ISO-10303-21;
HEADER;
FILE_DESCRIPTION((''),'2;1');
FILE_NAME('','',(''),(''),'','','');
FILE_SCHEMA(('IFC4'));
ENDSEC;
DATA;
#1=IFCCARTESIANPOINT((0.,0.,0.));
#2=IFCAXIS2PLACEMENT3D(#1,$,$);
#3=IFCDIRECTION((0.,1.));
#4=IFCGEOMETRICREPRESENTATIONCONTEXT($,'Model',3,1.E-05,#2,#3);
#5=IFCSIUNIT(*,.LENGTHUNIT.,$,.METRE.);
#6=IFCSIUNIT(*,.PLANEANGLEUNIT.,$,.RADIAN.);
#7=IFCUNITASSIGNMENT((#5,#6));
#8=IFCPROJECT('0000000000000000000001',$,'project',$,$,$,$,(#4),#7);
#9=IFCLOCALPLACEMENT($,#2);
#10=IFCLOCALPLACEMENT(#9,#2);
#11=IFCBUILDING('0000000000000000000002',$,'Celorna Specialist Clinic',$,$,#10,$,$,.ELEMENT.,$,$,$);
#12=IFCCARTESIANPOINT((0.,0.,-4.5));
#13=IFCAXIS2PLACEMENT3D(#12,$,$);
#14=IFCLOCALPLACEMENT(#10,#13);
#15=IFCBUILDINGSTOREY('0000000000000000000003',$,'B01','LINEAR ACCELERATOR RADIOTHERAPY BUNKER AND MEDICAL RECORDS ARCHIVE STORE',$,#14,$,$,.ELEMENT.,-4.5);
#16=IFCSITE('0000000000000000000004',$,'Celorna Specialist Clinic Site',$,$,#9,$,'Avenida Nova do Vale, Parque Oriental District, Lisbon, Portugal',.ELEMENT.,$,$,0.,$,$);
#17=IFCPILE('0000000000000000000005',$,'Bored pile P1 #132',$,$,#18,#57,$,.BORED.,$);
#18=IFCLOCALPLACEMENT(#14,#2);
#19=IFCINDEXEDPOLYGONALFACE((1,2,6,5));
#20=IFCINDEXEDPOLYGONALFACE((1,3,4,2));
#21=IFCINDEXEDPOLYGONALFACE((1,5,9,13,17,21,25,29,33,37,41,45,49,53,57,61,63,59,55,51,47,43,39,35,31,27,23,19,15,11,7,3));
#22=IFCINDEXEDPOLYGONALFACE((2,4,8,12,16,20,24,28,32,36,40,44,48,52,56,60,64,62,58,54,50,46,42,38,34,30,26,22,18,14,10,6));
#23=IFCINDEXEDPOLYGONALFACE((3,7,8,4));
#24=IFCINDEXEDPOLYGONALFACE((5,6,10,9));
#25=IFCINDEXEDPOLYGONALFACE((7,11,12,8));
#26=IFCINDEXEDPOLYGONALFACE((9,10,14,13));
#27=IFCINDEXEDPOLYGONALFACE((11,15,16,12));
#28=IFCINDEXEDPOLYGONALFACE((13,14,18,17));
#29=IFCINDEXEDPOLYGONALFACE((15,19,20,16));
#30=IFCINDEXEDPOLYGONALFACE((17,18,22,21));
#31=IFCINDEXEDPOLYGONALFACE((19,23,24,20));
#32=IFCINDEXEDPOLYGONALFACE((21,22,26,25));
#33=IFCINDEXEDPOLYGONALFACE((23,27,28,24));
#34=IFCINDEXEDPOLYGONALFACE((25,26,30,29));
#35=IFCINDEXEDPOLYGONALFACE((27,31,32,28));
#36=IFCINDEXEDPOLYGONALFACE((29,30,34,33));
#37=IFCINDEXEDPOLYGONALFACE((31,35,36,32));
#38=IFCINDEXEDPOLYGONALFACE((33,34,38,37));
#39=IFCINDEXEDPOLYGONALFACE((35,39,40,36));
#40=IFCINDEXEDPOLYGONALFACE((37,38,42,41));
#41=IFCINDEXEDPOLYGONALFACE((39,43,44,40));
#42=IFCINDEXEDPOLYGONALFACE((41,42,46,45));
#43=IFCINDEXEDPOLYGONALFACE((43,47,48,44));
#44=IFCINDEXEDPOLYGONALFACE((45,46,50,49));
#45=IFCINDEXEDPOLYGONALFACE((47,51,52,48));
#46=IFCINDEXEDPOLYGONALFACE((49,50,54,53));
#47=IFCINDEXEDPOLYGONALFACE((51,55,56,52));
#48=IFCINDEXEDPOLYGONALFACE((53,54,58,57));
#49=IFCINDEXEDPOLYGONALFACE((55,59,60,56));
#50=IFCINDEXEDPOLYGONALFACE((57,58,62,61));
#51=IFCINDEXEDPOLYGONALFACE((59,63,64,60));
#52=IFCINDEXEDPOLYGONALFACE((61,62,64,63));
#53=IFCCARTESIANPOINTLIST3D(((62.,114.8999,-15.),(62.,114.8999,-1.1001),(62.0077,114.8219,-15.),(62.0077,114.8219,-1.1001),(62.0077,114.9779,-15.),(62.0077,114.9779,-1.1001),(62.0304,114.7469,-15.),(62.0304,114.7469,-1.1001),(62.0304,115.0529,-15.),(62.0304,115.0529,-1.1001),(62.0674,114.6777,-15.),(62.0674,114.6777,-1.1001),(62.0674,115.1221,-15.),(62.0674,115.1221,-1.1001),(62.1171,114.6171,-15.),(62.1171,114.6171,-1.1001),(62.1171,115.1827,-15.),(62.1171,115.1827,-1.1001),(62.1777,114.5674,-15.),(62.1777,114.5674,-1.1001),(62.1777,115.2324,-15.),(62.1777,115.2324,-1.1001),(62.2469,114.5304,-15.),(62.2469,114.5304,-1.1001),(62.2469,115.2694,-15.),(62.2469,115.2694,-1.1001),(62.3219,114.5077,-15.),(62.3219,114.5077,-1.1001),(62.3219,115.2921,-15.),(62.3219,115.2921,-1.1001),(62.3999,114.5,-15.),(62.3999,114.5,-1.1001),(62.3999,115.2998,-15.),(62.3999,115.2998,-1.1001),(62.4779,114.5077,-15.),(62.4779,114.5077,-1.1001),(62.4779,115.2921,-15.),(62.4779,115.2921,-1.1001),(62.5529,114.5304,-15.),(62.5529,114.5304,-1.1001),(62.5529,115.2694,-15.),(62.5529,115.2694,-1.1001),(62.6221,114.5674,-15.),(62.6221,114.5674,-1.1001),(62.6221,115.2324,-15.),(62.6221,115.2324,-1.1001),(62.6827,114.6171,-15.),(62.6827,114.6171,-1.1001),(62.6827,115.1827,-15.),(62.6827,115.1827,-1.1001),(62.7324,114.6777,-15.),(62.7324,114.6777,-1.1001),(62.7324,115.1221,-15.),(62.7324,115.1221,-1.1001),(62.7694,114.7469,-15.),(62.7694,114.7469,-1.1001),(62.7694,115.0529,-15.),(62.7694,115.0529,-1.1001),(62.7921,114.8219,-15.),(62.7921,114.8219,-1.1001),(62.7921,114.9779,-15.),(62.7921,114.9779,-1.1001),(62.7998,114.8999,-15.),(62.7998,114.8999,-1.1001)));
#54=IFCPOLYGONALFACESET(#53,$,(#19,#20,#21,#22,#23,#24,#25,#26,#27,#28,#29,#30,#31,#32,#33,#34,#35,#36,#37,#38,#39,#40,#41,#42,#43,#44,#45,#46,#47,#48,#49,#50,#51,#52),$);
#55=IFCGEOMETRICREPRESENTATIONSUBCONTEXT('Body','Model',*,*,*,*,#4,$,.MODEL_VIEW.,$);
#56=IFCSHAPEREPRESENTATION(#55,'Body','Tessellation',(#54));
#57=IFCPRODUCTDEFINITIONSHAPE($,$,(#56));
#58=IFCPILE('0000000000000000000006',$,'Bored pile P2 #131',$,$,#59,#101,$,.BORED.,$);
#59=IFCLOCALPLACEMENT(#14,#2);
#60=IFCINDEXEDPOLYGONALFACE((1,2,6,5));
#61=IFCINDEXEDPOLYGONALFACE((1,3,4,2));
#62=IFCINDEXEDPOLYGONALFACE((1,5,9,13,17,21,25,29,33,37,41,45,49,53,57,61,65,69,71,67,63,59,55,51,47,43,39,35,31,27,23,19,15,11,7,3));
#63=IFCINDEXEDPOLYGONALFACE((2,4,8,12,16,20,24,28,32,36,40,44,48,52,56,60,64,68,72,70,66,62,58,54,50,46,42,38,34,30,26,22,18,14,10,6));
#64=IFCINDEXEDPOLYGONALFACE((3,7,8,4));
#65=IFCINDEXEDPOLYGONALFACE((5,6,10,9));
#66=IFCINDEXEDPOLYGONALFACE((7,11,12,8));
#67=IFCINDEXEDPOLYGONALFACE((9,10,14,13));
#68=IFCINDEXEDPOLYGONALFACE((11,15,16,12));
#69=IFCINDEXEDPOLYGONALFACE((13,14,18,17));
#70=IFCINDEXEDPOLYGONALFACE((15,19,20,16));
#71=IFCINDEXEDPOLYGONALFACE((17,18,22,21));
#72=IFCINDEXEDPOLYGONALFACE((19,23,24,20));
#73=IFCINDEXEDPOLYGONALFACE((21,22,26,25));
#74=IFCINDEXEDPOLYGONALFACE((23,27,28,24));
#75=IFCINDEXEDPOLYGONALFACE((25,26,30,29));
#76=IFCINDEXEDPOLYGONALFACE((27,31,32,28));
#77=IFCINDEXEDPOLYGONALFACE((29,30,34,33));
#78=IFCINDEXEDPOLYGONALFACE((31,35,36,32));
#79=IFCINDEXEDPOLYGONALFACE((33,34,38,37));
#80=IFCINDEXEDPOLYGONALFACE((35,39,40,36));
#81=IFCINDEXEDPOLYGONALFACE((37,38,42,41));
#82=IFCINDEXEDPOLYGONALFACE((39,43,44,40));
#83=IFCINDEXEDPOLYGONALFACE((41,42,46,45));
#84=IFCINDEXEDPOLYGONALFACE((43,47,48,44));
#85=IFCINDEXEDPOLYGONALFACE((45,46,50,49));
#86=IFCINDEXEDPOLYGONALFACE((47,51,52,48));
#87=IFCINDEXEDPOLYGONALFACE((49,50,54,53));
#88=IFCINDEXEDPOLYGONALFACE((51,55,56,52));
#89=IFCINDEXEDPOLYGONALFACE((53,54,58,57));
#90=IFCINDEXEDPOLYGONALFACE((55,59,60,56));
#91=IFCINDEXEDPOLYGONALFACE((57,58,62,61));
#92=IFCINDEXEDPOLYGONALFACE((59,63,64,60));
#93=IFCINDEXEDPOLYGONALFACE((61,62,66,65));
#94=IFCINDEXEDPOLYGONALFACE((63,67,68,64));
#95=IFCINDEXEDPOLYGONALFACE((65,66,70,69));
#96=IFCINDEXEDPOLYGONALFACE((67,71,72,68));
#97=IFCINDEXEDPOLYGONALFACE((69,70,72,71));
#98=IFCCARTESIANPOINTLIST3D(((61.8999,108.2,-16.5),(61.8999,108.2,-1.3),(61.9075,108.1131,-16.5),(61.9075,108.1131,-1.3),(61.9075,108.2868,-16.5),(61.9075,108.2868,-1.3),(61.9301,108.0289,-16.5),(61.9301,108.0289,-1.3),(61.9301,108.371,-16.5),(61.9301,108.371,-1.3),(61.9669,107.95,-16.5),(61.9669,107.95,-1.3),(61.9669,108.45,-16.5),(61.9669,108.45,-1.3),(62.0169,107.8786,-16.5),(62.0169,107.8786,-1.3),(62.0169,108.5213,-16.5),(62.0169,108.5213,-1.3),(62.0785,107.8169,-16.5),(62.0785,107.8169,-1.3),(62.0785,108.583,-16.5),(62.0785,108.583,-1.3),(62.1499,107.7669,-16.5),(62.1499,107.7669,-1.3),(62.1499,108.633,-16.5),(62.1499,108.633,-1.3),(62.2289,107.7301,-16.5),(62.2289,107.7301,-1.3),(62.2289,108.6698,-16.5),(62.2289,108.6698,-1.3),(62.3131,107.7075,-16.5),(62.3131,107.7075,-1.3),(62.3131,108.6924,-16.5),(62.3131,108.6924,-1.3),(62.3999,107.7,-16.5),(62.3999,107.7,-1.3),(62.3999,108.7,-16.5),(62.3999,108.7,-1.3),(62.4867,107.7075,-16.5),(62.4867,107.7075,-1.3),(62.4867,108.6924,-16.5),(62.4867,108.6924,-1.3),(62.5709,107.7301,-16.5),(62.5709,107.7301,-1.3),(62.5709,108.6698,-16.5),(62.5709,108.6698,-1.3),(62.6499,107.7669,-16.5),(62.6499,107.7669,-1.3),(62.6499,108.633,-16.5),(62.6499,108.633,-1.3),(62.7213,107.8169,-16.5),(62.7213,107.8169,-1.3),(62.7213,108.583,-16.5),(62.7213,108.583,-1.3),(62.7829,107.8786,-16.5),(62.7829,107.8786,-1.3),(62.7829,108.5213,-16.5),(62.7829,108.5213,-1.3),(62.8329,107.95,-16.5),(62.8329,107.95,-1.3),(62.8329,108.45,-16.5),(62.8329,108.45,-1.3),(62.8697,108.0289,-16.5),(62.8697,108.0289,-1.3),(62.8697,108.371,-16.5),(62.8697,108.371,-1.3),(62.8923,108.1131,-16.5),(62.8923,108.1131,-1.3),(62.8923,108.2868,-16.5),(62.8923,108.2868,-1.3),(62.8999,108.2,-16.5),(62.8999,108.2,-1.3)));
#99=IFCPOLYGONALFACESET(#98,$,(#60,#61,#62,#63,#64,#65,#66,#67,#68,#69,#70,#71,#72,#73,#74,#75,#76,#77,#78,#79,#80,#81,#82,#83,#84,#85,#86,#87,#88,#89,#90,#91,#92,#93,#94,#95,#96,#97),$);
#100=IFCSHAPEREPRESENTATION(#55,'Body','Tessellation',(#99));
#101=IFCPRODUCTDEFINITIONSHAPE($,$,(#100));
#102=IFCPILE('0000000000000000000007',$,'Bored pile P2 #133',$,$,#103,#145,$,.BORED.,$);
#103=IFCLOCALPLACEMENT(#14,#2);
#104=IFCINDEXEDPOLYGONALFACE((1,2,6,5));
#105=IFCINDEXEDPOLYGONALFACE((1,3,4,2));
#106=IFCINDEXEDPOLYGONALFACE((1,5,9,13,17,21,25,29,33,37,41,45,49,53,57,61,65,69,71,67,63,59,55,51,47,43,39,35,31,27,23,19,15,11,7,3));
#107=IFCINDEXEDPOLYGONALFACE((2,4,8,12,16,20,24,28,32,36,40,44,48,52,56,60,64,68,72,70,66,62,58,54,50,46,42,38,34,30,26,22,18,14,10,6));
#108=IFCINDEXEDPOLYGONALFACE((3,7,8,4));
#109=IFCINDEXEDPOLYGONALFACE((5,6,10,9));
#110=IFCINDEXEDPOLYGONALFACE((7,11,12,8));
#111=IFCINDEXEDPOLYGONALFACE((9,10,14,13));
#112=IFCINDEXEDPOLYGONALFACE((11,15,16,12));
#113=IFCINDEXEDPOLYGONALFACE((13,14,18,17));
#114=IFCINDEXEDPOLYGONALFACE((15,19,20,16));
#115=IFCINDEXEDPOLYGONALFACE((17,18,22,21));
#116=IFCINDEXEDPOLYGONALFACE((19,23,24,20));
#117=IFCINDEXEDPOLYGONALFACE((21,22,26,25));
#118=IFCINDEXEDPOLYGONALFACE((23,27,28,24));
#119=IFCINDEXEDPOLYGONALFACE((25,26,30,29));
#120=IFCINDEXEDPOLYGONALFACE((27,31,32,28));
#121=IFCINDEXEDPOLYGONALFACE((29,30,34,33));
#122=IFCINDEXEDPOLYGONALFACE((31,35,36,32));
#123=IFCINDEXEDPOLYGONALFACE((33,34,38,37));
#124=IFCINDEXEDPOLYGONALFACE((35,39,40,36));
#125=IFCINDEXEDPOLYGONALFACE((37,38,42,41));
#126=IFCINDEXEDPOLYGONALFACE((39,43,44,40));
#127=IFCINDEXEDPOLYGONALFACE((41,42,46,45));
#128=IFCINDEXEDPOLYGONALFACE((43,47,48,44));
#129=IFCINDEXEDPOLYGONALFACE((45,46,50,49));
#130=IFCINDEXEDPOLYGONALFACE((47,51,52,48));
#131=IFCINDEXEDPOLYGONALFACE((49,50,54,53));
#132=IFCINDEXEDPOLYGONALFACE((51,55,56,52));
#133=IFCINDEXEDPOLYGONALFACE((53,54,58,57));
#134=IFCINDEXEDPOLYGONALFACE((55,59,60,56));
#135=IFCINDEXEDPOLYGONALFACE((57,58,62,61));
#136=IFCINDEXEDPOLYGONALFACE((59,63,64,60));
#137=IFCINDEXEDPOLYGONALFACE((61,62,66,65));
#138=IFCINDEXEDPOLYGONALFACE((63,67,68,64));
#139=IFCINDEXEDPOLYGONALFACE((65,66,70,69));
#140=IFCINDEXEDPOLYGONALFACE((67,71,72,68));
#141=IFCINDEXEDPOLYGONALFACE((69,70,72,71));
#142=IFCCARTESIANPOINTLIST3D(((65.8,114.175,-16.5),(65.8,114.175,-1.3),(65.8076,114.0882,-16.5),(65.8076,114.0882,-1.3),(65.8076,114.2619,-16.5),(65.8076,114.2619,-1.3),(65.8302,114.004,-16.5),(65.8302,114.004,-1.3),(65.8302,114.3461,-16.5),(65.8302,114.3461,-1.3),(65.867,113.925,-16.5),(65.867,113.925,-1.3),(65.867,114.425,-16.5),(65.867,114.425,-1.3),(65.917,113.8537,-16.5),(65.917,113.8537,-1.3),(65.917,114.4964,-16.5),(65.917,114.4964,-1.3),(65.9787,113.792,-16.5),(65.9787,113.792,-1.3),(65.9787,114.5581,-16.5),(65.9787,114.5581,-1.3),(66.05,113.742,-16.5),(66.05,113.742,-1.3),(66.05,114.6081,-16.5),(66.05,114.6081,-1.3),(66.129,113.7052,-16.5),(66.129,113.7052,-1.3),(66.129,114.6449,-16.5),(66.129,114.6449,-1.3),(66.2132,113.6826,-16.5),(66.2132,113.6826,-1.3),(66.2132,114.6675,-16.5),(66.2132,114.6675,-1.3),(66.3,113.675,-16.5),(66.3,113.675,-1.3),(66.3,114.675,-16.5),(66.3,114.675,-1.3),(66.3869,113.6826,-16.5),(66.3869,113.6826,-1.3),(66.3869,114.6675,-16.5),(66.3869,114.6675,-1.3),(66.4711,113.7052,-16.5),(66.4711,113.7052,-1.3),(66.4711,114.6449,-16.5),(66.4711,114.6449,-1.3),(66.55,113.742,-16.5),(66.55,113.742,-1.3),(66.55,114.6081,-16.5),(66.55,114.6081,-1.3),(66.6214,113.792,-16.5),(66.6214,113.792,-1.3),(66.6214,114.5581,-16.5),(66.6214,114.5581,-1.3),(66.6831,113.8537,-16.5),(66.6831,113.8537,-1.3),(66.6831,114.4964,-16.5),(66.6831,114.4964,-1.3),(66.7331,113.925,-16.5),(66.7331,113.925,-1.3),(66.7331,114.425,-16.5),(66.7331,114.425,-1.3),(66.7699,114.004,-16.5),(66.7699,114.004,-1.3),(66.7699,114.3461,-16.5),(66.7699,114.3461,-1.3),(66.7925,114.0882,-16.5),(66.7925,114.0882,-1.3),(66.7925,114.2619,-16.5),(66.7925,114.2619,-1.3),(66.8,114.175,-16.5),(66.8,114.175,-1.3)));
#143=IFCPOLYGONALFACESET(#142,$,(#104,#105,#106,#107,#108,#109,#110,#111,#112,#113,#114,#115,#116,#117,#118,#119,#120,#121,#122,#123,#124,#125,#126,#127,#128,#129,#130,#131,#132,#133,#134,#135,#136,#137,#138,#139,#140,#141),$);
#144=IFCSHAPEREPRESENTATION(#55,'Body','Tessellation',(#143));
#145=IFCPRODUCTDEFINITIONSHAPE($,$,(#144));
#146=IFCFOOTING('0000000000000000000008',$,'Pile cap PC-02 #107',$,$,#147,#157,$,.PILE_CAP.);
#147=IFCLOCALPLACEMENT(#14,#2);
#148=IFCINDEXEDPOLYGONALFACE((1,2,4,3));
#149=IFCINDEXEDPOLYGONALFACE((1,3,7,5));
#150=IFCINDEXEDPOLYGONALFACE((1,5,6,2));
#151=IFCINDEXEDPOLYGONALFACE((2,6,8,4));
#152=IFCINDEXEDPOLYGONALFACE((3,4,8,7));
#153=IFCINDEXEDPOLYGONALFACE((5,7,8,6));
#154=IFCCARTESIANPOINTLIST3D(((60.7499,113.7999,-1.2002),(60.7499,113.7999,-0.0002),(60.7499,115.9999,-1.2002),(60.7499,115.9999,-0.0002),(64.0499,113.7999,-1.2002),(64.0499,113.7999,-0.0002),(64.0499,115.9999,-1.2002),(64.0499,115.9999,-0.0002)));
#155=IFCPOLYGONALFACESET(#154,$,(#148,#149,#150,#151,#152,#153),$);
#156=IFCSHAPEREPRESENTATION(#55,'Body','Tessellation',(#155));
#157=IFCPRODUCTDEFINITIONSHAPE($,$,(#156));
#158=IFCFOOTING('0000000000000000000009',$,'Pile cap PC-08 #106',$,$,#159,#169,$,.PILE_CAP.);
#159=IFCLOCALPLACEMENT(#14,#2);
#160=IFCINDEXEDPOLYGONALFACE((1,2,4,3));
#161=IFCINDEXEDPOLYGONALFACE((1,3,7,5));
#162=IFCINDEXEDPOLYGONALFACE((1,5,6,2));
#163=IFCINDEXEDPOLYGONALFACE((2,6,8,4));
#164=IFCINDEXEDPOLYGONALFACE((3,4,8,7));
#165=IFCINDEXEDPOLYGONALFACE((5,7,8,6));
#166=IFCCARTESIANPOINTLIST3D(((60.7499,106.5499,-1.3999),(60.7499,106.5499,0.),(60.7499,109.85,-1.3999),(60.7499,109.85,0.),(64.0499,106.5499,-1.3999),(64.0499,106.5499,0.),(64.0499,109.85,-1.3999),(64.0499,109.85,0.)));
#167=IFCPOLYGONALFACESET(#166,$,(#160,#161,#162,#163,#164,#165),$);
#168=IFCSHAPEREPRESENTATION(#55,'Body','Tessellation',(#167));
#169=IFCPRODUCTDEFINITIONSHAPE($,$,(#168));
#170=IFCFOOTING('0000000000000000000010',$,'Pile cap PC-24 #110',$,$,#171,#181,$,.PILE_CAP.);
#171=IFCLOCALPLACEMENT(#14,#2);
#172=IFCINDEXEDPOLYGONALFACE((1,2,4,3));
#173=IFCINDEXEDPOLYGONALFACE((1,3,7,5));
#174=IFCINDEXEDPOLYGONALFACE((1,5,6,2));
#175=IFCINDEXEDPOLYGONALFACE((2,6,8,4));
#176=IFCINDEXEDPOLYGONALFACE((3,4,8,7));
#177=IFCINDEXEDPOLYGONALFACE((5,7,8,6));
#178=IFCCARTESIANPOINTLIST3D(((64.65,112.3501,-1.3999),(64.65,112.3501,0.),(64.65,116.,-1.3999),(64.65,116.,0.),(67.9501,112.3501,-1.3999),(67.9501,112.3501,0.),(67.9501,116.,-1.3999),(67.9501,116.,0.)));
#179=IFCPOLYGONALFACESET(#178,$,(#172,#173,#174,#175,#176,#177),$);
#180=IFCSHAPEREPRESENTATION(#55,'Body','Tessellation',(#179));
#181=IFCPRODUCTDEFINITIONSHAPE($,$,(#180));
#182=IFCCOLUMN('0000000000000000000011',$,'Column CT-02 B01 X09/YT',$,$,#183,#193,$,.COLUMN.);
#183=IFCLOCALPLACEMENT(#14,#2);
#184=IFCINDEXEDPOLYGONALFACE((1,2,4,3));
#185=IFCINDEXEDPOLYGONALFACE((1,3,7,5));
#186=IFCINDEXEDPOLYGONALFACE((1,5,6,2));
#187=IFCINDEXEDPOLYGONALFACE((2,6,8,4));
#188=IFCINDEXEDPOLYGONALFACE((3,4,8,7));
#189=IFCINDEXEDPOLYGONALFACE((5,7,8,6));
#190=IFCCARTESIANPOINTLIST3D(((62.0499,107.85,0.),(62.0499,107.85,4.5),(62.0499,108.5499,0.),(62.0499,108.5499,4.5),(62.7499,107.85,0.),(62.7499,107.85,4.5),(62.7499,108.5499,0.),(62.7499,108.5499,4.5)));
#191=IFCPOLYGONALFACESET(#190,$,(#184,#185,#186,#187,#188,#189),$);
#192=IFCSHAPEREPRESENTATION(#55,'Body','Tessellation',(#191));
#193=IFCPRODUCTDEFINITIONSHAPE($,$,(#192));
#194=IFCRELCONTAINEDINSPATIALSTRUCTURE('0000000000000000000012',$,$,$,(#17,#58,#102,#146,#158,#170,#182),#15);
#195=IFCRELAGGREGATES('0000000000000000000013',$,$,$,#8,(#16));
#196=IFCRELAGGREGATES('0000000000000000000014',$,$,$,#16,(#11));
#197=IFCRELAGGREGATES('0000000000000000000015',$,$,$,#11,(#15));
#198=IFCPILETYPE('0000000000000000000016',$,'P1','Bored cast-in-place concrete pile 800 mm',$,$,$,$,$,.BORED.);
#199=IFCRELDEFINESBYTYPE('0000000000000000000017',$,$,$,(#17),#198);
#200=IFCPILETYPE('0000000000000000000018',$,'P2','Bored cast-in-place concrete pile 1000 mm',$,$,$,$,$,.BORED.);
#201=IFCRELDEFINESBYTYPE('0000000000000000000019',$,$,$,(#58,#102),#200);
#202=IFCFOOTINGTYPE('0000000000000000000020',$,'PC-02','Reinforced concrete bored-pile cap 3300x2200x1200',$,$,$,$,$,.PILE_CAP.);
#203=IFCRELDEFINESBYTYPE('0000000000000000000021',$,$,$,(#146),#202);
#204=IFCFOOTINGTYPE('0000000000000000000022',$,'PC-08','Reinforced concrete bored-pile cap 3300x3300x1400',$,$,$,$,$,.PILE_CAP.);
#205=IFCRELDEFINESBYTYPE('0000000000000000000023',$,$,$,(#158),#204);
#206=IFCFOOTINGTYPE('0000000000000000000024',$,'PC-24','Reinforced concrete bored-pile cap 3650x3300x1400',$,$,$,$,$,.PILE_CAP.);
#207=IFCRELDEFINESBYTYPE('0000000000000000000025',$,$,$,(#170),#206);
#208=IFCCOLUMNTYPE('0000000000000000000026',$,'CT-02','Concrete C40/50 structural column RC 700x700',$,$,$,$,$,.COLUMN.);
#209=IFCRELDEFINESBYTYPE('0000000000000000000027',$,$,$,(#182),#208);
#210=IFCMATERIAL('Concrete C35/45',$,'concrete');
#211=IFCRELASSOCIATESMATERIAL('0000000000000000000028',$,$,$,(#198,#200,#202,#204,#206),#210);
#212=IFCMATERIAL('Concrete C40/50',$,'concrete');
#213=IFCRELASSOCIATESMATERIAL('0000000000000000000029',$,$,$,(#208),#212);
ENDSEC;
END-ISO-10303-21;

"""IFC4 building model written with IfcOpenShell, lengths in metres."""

from ifc_helpers import new_model, si_unit, direction, frame, origin, origin_2d, place, context, subcontext, project, spatial, rectangle, circle, extrude, material, material_profile, profile_set, type_object, element, save


model = new_model("IFC4")

# Units and contexts
model_context = context("Model", 3, precision=1e-05, world=origin(), true_north=direction((0.0, 1.0)))
body_context = subcontext(model_context, "Body", "Model", "MODEL_VIEW")
ifc_project = project(units=[si_unit("LENGTHUNIT", "METRE"), si_unit("PLANEANGLEUNIT", "RADIAN")], contexts=[model_context])

# Site, building, storey
site_placement = place(None, origin())
site = spatial("IfcSite", under=ifc_project, at=site_placement, Name="Celorna Specialist Clinic Site", LongName="Avenida Nova do Vale, Parque Oriental District, Lisbon, Portugal", CompositionType="ELEMENT", RefElevation=0.0)
building_placement = place(site_placement, origin())
building = spatial("IfcBuilding", under=site, at=building_placement, Name="Celorna Specialist Clinic", CompositionType="ELEMENT")
storey_placement = place(building_placement, frame((0.0, 0.0, -4.5)))
storey = spatial("IfcBuildingStorey", under=building, at=storey_placement, Name="B01", Description="LINEAR ACCELERATOR RADIOTHERAPY BUNKER AND MEDICAL RECORDS ARCHIVE STORE", CompositionType="ELEMENT", Elevation=-4.5)

# Piles
ifc_material_1 = material(Name="Concrete C35/45", Category="concrete")
ifc_material_profile_1 = material_profile(ifc_material_1, circle(Radius=0.3999, at=origin_2d()), Name="BORED PILE 800")
ifc_profile_set_1 = profile_set([ifc_material_profile_1], Name="Concrete C35/45")
pile_type_1 = type_object("IfcPileType", Name="P1", Description="Bored cast-in-place concrete pile 800 mm", PredefinedType="BORED", material=ifc_profile_set_1)
pile_placement = place(storey_placement, frame((62.3999, 114.8999, -1.1001), z_axis=(0.0, 0.0, -1.0), x_axis=(1.0, 0.0, 0.0)))
element("IfcPile", 1, at=pile_placement, inside=storey, type_object=pile_type_1, Name="Bored pile P1 #132", PredefinedType="BORED", context=body_context, shape_type="SweptSolid", body=[
    extrude(circle(Radius=0.3999, at=origin_2d()), origin(), (0.0, 0.0, 1.0), 13.8999),
])
ifc_material_profile_2 = material_profile(ifc_material_1, circle(Radius=0.5, at=origin_2d()), Name="BORED PILE 1000")
ifc_profile_set_2 = profile_set([ifc_material_profile_2], Name="Concrete C35/45")
pile_type_2 = type_object("IfcPileType", Name="P2", Description="Bored cast-in-place concrete pile 1000 mm", PredefinedType="BORED", material=ifc_profile_set_2)
for number, where, z_axis, x_axis, name in (
    (2, (62.3999, 108.2, -1.3), (0.0, 0.0, -1.0), (1.0, 0.0, 0.0), "Bored pile P2 #131"),
    (3, (66.3, 114.175, -1.3), (0.0, 0.0, -1.0), (1.0, 0.0, 0.0), "Bored pile P2 #133"),
):
    element("IfcPile", number, at=place(storey_placement, frame(where, z_axis=z_axis, x_axis=x_axis)), inside=storey, type_object=pile_type_2, Name=name, PredefinedType="BORED", context=body_context, shape_type="SweptSolid", body=[
        extrude(circle(Radius=0.5, at=origin_2d()), origin(), (0.0, 0.0, 1.0), 15.2),
    ])

# Footings
footing_type_1 = type_object("IfcFootingType", Name="PC-02", Description="Reinforced concrete bored-pile cap 3300x2200x1200", PredefinedType="PILE_CAP", material=ifc_material_1)
footing_1_placement = place(storey_placement, frame((62.3999, 114.8999, -1.2002), z_axis=(0.0, 0.0, 1.0), x_axis=(1.0, 0.0, 0.0)))
element("IfcFooting", 4, at=footing_1_placement, inside=storey, type_object=footing_type_1, Name="Pile cap PC-02 #107", PredefinedType="PILE_CAP", context=body_context, shape_type="SweptSolid", body=[
    extrude(rectangle(XDim=3.3, YDim=2.2, at=origin_2d()), origin(), (0.0, 0.0, 1.0), 1.2),
])
footing_type_2 = type_object("IfcFootingType", Name="PC-08", Description="Reinforced concrete bored-pile cap 3300x3300x1400", PredefinedType="PILE_CAP", material=ifc_material_1)
footing_2_placement = place(storey_placement, frame((62.3999, 108.2, -1.3999), z_axis=(0.0, 0.0, 1.0), x_axis=(1.0, 0.0, 0.0)))
element("IfcFooting", 5, at=footing_2_placement, inside=storey, type_object=footing_type_2, Name="Pile cap PC-08 #106", PredefinedType="PILE_CAP", context=body_context, shape_type="SweptSolid", body=[
    extrude(rectangle(XDim=3.3, YDim=3.3, at=origin_2d()), origin(), (0.0, 0.0, 1.0), 1.3999),
])
footing_type_3 = type_object("IfcFootingType", Name="PC-24", Description="Reinforced concrete bored-pile cap 3650x3300x1400", PredefinedType="PILE_CAP", material=ifc_material_1)
footing_3_placement = place(storey_placement, frame((66.3, 114.175, -1.3999), z_axis=(0.0, 0.0, 1.0), x_axis=(1.0, 0.0, 0.0)))
element("IfcFooting", 6, at=footing_3_placement, inside=storey, type_object=footing_type_3, Name="Pile cap PC-24 #110", PredefinedType="PILE_CAP", context=body_context, shape_type="SweptSolid", body=[
    extrude(rectangle(XDim=3.3, YDim=3.6499, at=origin_2d()), origin(), (0.0, 0.0, 1.0), 1.3999),
])

# Column
ifc_material_2 = material(Name="Concrete C40/50", Category="concrete")
ifc_material_profile_3 = material_profile(ifc_material_2, rectangle(XDim=0.7, YDim=0.7, at=origin_2d()), Name="RC 700x700")
ifc_profile_set_3 = profile_set([ifc_material_profile_3], Name="Concrete C40/50")
column_type_1 = type_object("IfcColumnType", Name="CT-02", Description="Concrete C40/50 structural column RC 700x700", PredefinedType="COLUMN", material=ifc_profile_set_3)
for number, where, z_axis, x_axis, name in (
    (7, (62.3999, 108.2, 0.0), (0.0, 0.0, 1.0), (1.0, 0.0, 0.0), "Column CT-02 B01 X09/YT"),
):
    element("IfcColumn", number, at=place(storey_placement, frame(where, z_axis=z_axis, x_axis=x_axis)), inside=storey, type_object=column_type_1, Name=name, PredefinedType="COLUMN", context=body_context, shape_type="SweptSolid", body=[
        extrude(rectangle(XDim=0.7, YDim=0.7, at=origin_2d()), origin(), (0.0, 0.0, 1.0), 4.5),
    ])

save(model, "model.ifc")
